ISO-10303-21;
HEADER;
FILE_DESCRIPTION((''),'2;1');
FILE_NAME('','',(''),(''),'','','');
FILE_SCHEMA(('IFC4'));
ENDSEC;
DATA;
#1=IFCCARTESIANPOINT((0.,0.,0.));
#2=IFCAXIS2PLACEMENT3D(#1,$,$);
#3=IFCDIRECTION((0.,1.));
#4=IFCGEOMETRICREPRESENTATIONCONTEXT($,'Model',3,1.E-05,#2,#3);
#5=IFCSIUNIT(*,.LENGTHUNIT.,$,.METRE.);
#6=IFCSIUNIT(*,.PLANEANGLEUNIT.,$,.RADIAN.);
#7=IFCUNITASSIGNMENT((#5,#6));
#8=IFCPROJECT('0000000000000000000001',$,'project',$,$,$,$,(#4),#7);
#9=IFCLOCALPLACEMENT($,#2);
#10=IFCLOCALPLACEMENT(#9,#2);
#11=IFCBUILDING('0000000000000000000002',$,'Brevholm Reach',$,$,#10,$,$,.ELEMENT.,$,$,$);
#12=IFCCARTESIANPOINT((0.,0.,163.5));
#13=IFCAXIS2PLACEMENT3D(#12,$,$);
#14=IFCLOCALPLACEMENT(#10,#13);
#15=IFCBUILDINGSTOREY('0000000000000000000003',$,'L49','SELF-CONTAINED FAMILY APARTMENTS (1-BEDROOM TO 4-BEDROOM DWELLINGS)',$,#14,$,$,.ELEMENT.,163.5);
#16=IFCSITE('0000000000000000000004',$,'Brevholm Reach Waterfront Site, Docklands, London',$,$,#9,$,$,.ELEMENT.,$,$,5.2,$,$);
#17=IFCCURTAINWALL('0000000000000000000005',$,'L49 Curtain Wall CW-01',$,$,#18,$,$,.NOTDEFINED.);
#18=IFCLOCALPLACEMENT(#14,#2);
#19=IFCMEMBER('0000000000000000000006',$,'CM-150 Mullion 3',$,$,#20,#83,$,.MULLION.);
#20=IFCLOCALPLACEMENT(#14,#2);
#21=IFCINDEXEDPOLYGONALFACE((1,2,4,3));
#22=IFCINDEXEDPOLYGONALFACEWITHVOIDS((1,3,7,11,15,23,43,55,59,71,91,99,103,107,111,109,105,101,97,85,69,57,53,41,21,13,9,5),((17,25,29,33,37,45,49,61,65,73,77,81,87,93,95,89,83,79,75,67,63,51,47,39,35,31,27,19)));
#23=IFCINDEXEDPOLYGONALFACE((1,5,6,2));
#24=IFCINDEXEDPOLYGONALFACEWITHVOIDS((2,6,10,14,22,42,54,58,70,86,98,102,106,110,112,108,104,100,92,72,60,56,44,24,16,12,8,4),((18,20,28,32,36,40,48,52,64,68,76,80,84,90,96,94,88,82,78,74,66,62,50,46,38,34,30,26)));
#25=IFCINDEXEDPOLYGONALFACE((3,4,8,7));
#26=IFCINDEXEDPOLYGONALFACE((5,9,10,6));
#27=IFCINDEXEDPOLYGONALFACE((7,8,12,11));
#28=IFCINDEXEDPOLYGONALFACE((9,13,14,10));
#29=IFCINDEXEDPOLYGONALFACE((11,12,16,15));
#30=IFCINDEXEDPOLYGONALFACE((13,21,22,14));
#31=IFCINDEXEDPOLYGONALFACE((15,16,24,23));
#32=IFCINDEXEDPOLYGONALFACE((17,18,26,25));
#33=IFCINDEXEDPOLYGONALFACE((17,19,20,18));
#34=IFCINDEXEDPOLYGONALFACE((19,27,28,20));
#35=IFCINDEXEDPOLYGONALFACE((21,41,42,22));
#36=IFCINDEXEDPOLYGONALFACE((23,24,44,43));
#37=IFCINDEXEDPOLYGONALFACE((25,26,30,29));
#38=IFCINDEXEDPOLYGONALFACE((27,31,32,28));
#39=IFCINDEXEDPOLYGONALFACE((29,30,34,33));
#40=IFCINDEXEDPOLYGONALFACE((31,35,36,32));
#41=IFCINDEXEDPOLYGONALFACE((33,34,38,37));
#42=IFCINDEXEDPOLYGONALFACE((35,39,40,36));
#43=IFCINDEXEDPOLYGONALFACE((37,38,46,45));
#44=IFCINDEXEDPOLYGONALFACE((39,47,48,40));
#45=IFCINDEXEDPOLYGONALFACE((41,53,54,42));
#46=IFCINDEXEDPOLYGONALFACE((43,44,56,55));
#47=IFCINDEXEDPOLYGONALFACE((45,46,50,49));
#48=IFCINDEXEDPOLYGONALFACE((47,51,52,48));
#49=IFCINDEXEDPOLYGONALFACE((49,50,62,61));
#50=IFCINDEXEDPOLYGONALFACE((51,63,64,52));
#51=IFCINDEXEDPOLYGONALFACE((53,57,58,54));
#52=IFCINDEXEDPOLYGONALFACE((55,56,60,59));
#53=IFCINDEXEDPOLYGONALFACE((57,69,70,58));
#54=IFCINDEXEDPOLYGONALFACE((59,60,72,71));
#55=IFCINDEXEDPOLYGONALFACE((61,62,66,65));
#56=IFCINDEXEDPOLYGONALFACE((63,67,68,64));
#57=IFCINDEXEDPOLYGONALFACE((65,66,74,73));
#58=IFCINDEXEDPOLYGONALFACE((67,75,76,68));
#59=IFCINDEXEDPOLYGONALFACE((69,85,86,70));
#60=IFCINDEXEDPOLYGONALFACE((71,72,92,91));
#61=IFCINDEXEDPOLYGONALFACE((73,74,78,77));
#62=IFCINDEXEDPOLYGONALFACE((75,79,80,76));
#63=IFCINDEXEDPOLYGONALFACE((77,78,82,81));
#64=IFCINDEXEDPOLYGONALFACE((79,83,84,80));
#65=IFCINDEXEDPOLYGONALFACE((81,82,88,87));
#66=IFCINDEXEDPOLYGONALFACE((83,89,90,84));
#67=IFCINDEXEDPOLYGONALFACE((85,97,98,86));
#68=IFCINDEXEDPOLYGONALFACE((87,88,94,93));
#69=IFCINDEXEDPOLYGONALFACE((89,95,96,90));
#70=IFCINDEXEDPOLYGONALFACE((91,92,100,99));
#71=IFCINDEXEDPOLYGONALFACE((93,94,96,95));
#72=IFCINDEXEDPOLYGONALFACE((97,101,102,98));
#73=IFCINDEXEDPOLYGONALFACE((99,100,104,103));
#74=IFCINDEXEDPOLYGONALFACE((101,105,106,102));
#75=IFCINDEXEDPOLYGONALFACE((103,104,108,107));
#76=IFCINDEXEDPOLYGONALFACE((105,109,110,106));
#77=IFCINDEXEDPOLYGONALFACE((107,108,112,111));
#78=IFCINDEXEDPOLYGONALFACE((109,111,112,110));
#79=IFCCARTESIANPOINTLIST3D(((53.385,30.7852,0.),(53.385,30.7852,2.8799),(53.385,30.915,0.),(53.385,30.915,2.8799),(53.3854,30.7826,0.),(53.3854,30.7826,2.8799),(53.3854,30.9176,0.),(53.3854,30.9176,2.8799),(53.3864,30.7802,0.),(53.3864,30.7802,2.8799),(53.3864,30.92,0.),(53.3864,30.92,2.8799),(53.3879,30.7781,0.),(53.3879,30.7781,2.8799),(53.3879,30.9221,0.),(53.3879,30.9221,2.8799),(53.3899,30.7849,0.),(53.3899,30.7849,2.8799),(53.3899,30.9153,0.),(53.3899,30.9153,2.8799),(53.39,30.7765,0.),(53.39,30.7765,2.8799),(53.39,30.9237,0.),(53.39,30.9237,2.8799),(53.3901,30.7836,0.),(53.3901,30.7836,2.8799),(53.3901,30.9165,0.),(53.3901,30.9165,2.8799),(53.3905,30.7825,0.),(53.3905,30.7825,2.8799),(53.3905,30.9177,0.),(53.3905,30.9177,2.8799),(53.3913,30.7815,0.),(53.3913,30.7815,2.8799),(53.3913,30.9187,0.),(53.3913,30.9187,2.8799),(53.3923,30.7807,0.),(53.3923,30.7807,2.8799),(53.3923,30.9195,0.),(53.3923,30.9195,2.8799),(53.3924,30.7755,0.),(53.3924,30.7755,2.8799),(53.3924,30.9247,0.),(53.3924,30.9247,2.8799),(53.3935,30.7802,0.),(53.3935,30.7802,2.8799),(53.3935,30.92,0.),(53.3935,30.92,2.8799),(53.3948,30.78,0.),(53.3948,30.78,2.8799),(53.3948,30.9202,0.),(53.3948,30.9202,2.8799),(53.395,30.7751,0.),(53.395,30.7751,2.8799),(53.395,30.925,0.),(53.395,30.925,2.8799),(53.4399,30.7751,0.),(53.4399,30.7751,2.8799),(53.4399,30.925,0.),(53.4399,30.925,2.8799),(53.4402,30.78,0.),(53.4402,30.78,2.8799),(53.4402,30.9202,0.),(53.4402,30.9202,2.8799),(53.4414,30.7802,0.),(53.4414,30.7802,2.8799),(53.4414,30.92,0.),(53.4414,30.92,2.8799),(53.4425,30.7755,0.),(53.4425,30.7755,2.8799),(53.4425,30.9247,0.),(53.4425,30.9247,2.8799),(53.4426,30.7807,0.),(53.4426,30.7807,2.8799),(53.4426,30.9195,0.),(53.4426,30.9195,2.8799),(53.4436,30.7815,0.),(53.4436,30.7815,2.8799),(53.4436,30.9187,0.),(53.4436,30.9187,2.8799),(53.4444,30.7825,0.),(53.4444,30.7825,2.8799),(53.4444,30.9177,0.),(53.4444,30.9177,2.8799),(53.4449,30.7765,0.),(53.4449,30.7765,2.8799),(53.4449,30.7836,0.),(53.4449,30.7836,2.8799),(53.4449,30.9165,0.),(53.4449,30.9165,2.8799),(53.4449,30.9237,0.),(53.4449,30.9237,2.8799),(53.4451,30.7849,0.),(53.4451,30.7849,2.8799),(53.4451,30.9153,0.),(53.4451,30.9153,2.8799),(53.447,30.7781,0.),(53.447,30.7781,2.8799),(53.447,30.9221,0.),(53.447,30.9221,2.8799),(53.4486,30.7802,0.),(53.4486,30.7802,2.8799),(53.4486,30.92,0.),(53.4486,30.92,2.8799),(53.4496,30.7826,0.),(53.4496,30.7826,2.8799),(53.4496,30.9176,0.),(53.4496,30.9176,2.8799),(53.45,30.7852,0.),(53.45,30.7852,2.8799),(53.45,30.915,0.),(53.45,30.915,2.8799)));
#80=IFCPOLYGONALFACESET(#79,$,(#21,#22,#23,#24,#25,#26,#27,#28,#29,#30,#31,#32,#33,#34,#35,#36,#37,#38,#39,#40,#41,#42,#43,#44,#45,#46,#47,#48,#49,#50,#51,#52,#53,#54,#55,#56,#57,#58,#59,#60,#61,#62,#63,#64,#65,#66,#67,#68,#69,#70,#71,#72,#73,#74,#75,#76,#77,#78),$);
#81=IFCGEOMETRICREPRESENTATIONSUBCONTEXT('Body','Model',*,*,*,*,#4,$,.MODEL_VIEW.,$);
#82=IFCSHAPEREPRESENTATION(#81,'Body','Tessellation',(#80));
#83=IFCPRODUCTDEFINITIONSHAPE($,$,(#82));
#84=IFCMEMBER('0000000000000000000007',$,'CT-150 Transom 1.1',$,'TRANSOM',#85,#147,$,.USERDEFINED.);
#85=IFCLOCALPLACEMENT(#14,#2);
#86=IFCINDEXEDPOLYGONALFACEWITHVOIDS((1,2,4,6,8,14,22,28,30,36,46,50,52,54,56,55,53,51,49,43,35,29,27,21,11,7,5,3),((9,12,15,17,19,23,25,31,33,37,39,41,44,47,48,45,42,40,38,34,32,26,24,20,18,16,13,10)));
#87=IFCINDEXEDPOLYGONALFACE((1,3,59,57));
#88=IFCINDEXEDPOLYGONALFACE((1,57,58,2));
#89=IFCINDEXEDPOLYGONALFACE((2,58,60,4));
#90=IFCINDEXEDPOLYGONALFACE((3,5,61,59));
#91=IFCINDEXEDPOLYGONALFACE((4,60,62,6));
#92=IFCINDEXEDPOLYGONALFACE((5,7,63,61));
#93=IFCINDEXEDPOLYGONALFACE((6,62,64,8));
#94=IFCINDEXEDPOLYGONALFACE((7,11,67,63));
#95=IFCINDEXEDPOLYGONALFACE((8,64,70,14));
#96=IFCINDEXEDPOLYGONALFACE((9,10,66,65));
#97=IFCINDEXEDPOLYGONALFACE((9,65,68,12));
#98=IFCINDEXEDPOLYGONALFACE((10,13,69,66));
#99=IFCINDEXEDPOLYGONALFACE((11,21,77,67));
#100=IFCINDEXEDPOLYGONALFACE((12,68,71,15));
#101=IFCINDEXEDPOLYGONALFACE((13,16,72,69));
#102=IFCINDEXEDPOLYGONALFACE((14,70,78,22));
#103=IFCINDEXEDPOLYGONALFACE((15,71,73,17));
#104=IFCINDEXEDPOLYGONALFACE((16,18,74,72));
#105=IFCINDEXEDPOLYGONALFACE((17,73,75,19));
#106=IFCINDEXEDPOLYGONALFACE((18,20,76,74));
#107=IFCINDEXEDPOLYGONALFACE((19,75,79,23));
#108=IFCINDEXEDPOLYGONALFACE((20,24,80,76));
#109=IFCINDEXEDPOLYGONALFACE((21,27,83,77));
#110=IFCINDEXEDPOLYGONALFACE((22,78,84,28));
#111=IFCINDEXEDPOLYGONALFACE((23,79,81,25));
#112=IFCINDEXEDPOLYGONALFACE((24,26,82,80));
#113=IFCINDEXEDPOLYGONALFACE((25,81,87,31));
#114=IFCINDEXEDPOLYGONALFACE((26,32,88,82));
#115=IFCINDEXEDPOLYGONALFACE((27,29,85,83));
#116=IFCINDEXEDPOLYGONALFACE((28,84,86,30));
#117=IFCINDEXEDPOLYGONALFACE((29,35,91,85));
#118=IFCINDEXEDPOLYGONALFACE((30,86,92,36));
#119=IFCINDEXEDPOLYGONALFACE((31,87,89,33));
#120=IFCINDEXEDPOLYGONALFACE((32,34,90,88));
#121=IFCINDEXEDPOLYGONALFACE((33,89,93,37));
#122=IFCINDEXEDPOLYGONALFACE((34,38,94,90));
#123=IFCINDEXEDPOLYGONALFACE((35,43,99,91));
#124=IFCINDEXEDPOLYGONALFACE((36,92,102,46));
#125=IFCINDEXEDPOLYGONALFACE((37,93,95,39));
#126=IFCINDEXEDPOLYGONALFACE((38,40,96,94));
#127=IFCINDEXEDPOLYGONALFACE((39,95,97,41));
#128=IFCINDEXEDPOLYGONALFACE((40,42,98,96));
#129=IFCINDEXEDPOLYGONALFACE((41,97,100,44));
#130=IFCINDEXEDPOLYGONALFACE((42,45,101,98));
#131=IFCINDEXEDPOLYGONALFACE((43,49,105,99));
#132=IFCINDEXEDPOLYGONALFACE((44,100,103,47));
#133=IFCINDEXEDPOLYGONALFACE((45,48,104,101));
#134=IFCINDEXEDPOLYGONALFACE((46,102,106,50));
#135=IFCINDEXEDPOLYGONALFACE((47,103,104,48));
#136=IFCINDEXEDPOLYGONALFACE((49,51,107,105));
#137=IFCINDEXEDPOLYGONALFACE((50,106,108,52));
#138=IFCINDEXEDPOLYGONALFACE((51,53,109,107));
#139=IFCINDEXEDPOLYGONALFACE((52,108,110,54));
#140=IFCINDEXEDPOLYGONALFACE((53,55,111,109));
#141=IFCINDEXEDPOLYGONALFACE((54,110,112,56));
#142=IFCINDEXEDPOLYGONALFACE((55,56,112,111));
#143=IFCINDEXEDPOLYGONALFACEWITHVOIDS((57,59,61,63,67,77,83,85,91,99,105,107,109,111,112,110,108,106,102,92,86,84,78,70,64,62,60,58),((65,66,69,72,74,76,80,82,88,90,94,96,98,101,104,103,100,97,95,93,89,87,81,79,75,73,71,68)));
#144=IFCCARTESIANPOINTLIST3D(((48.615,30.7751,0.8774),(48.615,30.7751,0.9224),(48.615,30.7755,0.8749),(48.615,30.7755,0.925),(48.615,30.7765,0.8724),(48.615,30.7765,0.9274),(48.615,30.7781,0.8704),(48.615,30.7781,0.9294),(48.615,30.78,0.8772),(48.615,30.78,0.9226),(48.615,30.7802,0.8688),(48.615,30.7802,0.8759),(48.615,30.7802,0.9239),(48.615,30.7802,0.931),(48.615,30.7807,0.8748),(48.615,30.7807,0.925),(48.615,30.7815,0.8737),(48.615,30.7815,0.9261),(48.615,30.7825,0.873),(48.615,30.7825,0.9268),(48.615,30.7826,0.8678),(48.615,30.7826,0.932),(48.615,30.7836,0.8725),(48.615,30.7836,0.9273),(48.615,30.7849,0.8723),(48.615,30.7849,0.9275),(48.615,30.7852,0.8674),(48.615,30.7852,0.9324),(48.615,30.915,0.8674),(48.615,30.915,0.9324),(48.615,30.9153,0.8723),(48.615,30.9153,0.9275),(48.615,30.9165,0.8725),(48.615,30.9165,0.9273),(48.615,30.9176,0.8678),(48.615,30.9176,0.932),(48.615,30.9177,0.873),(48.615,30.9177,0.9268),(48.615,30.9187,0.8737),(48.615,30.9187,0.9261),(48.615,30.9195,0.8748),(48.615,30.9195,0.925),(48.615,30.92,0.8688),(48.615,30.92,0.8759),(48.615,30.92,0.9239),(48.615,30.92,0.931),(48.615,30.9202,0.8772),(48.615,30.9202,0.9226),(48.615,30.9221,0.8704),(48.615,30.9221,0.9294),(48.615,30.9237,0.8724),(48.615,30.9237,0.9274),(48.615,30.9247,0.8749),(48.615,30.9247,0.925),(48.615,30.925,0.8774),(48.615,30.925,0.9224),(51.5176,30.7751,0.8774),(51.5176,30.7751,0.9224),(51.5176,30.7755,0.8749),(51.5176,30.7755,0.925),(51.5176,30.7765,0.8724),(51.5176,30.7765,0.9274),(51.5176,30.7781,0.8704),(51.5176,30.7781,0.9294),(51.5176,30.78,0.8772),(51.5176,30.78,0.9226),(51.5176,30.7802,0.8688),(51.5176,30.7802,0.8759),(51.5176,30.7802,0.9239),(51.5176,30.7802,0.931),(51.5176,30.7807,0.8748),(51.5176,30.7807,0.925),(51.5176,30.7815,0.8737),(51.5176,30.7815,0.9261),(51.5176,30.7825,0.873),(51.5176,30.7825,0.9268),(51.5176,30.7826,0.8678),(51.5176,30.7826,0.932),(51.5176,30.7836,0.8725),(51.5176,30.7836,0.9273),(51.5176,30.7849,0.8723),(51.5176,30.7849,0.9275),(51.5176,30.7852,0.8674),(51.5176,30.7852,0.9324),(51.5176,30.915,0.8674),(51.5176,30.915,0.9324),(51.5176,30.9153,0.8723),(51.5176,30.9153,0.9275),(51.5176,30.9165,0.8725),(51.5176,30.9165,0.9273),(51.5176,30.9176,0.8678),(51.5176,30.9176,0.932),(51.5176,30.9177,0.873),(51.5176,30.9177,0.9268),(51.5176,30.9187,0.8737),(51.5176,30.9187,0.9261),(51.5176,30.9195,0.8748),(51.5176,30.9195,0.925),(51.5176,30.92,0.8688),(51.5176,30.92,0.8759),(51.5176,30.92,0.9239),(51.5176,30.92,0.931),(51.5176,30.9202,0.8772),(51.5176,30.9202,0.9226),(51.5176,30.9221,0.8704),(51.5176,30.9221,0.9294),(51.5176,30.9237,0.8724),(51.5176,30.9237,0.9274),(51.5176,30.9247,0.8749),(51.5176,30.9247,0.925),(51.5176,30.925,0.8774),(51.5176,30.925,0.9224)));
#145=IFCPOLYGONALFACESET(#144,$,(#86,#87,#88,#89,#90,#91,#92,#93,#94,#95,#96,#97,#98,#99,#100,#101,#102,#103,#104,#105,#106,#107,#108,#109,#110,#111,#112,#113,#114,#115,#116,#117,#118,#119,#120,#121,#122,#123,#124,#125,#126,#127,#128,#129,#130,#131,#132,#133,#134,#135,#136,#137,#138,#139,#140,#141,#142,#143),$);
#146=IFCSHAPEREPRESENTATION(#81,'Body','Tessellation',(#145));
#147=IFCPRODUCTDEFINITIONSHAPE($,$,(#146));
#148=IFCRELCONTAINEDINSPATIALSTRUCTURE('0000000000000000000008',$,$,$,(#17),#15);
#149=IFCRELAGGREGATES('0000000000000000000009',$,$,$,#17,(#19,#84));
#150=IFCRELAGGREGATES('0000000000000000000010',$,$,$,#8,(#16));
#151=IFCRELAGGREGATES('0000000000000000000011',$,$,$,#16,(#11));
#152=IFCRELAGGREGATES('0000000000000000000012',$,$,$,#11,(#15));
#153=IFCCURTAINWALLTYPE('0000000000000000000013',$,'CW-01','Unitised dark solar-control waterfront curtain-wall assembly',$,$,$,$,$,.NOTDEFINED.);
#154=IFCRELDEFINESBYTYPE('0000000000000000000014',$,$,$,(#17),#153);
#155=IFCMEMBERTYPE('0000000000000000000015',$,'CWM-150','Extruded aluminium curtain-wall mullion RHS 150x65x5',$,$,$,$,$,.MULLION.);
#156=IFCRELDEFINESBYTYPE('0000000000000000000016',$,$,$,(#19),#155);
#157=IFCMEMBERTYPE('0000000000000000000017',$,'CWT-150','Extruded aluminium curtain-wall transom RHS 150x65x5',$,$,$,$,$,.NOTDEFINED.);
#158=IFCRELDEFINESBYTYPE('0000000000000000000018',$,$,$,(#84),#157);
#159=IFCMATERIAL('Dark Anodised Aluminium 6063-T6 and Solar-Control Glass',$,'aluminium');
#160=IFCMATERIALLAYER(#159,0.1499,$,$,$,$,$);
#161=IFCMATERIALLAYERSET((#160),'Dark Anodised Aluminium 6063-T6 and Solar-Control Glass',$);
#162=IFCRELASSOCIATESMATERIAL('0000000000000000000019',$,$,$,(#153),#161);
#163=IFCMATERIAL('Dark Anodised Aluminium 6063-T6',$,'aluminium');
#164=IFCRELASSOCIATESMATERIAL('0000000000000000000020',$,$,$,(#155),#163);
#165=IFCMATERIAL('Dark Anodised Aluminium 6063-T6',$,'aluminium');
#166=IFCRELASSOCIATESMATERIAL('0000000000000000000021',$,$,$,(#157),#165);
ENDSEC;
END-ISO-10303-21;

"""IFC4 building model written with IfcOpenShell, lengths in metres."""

from ifc_helpers import new_model, si_unit, direction, frame, origin, origin_2d, place, context, subcontext, project, spatial, hollow_rectangle, extrude, material, layer, layer_set, material_profile, profile_set, type_object, element, aggregate, save


model = new_model("IFC4")

# Units and contexts
model_context = context("Model", 3, precision=1e-05, world=origin(), true_north=direction((0.0, 1.0)))
body_context = subcontext(model_context, "Body", "Model", "MODEL_VIEW")
ifc_project = project(units=[si_unit("LENGTHUNIT", "METRE"), si_unit("PLANEANGLEUNIT", "RADIAN")], contexts=[model_context])

# Site, building, storey
site_placement = place(None, origin())
site = spatial("IfcSite", under=ifc_project, at=site_placement, Name="Brevholm Reach Waterfront Site, Docklands, London", CompositionType="ELEMENT", RefElevation=5.2)
building_placement = place(site_placement, origin())
building = spatial("IfcBuilding", under=site, at=building_placement, Name="Brevholm Reach", CompositionType="ELEMENT")
storey_placement = place(building_placement, frame((0.0, 0.0, 163.5)))
storey = spatial("IfcBuildingStorey", under=building, at=storey_placement, Name="L49", Description="SELF-CONTAINED FAMILY APARTMENTS (1-BEDROOM TO 4-BEDROOM DWELLINGS)", CompositionType="ELEMENT", Elevation=163.5)

# Curtain wall, members
ifc_material_1 = material(Name="Dark Anodised Aluminium 6063-T6 and Solar-Control Glass", Category="aluminium")
ifc_layer_1 = layer(ifc_material_1, 0.1499)
ifc_layer_set_1 = layer_set([ifc_layer_1], Name="Dark Anodised Aluminium 6063-T6 and Solar-Control Glass")
curtain_wall_type = type_object("IfcCurtainWallType", Name="CW-01", Description="Unitised dark solar-control waterfront curtain-wall assembly", PredefinedType="NOTDEFINED", material=ifc_layer_set_1)
curtain_wall_placement = place(storey_placement, origin())
curtain_wall = element("IfcCurtainWall", 1, at=curtain_wall_placement, inside=storey, type_object=curtain_wall_type, Name="L49 Curtain Wall CW-01", PredefinedType="NOTDEFINED")
ifc_material_2 = material(Name="Dark Anodised Aluminium 6063-T6", Category="aluminium")
ifc_material_profile_1 = material_profile(ifc_material_2, hollow_rectangle(XDim=0.0649, YDim=0.1499, WallThickness=0.0049, InnerFilletRadius=0.0049, OuterFilletRadius=0.01, at=origin_2d()), Name="RHS 150x65x5")
ifc_profile_set_1 = profile_set([ifc_material_profile_1], Name="Dark Anodised Aluminium 6063-T6")
member_type_1 = type_object("IfcMemberType", Name="CWM-150", Description="Extruded aluminium curtain-wall mullion RHS 150x65x5", PredefinedType="MULLION", material=ifc_profile_set_1)
member_1_placement = place(storey_placement, frame((53.4175, 30.8501, 0.0), z_axis=(0.0, 0.0, 1.0), x_axis=(1.0, 0.0, 0.0)))
member_1 = element("IfcMember", 2, at=member_1_placement, type_object=member_type_1, Name="CM-150 Mullion 3", PredefinedType="MULLION", context=body_context, shape_type="SweptSolid", body=[
    extrude(hollow_rectangle(XDim=0.0649, YDim=0.1499, WallThickness=0.0049, InnerFilletRadius=0.0049, OuterFilletRadius=0.01, at=origin_2d()), origin(), (0.0, 0.0, 1.0), 2.8799),
])
ifc_material_3 = material(Name="Dark Anodised Aluminium 6063-T6", Category="aluminium")
ifc_material_profile_2 = material_profile(ifc_material_3, hollow_rectangle(XDim=0.0649, YDim=0.1499, WallThickness=0.0049, InnerFilletRadius=0.0049, OuterFilletRadius=0.01, at=origin_2d()), Name="RHS 150x65x5")
ifc_profile_set_2 = profile_set([ifc_material_profile_2], Name="Dark Anodised Aluminium 6063-T6")
member_type_2 = type_object("IfcMemberType", Name="CWT-150", Description="Extruded aluminium curtain-wall transom RHS 150x65x5", PredefinedType="NOTDEFINED", material=ifc_profile_set_2)
member_2_placement = place(storey_placement, frame((48.615, 30.8501, 0.8999), z_axis=(1.0, 0.0, 0.0), x_axis=(0.0, 0.0, 1.0)))
member_2 = element("IfcMember", 3, at=member_2_placement, type_object=member_type_2, Name="CT-150 Transom 1.1", ObjectType="TRANSOM", PredefinedType="USERDEFINED", context=body_context, shape_type="SweptSolid", body=[
    extrude(hollow_rectangle(XDim=0.0649, YDim=0.1499, WallThickness=0.0049, InnerFilletRadius=0.0049, OuterFilletRadius=0.01, at=origin_2d()), origin(), (0.0, 0.0, 1.0), 2.9026),
])
aggregate(curtain_wall, [member_1, member_2])

save(model, "model.ifc")
